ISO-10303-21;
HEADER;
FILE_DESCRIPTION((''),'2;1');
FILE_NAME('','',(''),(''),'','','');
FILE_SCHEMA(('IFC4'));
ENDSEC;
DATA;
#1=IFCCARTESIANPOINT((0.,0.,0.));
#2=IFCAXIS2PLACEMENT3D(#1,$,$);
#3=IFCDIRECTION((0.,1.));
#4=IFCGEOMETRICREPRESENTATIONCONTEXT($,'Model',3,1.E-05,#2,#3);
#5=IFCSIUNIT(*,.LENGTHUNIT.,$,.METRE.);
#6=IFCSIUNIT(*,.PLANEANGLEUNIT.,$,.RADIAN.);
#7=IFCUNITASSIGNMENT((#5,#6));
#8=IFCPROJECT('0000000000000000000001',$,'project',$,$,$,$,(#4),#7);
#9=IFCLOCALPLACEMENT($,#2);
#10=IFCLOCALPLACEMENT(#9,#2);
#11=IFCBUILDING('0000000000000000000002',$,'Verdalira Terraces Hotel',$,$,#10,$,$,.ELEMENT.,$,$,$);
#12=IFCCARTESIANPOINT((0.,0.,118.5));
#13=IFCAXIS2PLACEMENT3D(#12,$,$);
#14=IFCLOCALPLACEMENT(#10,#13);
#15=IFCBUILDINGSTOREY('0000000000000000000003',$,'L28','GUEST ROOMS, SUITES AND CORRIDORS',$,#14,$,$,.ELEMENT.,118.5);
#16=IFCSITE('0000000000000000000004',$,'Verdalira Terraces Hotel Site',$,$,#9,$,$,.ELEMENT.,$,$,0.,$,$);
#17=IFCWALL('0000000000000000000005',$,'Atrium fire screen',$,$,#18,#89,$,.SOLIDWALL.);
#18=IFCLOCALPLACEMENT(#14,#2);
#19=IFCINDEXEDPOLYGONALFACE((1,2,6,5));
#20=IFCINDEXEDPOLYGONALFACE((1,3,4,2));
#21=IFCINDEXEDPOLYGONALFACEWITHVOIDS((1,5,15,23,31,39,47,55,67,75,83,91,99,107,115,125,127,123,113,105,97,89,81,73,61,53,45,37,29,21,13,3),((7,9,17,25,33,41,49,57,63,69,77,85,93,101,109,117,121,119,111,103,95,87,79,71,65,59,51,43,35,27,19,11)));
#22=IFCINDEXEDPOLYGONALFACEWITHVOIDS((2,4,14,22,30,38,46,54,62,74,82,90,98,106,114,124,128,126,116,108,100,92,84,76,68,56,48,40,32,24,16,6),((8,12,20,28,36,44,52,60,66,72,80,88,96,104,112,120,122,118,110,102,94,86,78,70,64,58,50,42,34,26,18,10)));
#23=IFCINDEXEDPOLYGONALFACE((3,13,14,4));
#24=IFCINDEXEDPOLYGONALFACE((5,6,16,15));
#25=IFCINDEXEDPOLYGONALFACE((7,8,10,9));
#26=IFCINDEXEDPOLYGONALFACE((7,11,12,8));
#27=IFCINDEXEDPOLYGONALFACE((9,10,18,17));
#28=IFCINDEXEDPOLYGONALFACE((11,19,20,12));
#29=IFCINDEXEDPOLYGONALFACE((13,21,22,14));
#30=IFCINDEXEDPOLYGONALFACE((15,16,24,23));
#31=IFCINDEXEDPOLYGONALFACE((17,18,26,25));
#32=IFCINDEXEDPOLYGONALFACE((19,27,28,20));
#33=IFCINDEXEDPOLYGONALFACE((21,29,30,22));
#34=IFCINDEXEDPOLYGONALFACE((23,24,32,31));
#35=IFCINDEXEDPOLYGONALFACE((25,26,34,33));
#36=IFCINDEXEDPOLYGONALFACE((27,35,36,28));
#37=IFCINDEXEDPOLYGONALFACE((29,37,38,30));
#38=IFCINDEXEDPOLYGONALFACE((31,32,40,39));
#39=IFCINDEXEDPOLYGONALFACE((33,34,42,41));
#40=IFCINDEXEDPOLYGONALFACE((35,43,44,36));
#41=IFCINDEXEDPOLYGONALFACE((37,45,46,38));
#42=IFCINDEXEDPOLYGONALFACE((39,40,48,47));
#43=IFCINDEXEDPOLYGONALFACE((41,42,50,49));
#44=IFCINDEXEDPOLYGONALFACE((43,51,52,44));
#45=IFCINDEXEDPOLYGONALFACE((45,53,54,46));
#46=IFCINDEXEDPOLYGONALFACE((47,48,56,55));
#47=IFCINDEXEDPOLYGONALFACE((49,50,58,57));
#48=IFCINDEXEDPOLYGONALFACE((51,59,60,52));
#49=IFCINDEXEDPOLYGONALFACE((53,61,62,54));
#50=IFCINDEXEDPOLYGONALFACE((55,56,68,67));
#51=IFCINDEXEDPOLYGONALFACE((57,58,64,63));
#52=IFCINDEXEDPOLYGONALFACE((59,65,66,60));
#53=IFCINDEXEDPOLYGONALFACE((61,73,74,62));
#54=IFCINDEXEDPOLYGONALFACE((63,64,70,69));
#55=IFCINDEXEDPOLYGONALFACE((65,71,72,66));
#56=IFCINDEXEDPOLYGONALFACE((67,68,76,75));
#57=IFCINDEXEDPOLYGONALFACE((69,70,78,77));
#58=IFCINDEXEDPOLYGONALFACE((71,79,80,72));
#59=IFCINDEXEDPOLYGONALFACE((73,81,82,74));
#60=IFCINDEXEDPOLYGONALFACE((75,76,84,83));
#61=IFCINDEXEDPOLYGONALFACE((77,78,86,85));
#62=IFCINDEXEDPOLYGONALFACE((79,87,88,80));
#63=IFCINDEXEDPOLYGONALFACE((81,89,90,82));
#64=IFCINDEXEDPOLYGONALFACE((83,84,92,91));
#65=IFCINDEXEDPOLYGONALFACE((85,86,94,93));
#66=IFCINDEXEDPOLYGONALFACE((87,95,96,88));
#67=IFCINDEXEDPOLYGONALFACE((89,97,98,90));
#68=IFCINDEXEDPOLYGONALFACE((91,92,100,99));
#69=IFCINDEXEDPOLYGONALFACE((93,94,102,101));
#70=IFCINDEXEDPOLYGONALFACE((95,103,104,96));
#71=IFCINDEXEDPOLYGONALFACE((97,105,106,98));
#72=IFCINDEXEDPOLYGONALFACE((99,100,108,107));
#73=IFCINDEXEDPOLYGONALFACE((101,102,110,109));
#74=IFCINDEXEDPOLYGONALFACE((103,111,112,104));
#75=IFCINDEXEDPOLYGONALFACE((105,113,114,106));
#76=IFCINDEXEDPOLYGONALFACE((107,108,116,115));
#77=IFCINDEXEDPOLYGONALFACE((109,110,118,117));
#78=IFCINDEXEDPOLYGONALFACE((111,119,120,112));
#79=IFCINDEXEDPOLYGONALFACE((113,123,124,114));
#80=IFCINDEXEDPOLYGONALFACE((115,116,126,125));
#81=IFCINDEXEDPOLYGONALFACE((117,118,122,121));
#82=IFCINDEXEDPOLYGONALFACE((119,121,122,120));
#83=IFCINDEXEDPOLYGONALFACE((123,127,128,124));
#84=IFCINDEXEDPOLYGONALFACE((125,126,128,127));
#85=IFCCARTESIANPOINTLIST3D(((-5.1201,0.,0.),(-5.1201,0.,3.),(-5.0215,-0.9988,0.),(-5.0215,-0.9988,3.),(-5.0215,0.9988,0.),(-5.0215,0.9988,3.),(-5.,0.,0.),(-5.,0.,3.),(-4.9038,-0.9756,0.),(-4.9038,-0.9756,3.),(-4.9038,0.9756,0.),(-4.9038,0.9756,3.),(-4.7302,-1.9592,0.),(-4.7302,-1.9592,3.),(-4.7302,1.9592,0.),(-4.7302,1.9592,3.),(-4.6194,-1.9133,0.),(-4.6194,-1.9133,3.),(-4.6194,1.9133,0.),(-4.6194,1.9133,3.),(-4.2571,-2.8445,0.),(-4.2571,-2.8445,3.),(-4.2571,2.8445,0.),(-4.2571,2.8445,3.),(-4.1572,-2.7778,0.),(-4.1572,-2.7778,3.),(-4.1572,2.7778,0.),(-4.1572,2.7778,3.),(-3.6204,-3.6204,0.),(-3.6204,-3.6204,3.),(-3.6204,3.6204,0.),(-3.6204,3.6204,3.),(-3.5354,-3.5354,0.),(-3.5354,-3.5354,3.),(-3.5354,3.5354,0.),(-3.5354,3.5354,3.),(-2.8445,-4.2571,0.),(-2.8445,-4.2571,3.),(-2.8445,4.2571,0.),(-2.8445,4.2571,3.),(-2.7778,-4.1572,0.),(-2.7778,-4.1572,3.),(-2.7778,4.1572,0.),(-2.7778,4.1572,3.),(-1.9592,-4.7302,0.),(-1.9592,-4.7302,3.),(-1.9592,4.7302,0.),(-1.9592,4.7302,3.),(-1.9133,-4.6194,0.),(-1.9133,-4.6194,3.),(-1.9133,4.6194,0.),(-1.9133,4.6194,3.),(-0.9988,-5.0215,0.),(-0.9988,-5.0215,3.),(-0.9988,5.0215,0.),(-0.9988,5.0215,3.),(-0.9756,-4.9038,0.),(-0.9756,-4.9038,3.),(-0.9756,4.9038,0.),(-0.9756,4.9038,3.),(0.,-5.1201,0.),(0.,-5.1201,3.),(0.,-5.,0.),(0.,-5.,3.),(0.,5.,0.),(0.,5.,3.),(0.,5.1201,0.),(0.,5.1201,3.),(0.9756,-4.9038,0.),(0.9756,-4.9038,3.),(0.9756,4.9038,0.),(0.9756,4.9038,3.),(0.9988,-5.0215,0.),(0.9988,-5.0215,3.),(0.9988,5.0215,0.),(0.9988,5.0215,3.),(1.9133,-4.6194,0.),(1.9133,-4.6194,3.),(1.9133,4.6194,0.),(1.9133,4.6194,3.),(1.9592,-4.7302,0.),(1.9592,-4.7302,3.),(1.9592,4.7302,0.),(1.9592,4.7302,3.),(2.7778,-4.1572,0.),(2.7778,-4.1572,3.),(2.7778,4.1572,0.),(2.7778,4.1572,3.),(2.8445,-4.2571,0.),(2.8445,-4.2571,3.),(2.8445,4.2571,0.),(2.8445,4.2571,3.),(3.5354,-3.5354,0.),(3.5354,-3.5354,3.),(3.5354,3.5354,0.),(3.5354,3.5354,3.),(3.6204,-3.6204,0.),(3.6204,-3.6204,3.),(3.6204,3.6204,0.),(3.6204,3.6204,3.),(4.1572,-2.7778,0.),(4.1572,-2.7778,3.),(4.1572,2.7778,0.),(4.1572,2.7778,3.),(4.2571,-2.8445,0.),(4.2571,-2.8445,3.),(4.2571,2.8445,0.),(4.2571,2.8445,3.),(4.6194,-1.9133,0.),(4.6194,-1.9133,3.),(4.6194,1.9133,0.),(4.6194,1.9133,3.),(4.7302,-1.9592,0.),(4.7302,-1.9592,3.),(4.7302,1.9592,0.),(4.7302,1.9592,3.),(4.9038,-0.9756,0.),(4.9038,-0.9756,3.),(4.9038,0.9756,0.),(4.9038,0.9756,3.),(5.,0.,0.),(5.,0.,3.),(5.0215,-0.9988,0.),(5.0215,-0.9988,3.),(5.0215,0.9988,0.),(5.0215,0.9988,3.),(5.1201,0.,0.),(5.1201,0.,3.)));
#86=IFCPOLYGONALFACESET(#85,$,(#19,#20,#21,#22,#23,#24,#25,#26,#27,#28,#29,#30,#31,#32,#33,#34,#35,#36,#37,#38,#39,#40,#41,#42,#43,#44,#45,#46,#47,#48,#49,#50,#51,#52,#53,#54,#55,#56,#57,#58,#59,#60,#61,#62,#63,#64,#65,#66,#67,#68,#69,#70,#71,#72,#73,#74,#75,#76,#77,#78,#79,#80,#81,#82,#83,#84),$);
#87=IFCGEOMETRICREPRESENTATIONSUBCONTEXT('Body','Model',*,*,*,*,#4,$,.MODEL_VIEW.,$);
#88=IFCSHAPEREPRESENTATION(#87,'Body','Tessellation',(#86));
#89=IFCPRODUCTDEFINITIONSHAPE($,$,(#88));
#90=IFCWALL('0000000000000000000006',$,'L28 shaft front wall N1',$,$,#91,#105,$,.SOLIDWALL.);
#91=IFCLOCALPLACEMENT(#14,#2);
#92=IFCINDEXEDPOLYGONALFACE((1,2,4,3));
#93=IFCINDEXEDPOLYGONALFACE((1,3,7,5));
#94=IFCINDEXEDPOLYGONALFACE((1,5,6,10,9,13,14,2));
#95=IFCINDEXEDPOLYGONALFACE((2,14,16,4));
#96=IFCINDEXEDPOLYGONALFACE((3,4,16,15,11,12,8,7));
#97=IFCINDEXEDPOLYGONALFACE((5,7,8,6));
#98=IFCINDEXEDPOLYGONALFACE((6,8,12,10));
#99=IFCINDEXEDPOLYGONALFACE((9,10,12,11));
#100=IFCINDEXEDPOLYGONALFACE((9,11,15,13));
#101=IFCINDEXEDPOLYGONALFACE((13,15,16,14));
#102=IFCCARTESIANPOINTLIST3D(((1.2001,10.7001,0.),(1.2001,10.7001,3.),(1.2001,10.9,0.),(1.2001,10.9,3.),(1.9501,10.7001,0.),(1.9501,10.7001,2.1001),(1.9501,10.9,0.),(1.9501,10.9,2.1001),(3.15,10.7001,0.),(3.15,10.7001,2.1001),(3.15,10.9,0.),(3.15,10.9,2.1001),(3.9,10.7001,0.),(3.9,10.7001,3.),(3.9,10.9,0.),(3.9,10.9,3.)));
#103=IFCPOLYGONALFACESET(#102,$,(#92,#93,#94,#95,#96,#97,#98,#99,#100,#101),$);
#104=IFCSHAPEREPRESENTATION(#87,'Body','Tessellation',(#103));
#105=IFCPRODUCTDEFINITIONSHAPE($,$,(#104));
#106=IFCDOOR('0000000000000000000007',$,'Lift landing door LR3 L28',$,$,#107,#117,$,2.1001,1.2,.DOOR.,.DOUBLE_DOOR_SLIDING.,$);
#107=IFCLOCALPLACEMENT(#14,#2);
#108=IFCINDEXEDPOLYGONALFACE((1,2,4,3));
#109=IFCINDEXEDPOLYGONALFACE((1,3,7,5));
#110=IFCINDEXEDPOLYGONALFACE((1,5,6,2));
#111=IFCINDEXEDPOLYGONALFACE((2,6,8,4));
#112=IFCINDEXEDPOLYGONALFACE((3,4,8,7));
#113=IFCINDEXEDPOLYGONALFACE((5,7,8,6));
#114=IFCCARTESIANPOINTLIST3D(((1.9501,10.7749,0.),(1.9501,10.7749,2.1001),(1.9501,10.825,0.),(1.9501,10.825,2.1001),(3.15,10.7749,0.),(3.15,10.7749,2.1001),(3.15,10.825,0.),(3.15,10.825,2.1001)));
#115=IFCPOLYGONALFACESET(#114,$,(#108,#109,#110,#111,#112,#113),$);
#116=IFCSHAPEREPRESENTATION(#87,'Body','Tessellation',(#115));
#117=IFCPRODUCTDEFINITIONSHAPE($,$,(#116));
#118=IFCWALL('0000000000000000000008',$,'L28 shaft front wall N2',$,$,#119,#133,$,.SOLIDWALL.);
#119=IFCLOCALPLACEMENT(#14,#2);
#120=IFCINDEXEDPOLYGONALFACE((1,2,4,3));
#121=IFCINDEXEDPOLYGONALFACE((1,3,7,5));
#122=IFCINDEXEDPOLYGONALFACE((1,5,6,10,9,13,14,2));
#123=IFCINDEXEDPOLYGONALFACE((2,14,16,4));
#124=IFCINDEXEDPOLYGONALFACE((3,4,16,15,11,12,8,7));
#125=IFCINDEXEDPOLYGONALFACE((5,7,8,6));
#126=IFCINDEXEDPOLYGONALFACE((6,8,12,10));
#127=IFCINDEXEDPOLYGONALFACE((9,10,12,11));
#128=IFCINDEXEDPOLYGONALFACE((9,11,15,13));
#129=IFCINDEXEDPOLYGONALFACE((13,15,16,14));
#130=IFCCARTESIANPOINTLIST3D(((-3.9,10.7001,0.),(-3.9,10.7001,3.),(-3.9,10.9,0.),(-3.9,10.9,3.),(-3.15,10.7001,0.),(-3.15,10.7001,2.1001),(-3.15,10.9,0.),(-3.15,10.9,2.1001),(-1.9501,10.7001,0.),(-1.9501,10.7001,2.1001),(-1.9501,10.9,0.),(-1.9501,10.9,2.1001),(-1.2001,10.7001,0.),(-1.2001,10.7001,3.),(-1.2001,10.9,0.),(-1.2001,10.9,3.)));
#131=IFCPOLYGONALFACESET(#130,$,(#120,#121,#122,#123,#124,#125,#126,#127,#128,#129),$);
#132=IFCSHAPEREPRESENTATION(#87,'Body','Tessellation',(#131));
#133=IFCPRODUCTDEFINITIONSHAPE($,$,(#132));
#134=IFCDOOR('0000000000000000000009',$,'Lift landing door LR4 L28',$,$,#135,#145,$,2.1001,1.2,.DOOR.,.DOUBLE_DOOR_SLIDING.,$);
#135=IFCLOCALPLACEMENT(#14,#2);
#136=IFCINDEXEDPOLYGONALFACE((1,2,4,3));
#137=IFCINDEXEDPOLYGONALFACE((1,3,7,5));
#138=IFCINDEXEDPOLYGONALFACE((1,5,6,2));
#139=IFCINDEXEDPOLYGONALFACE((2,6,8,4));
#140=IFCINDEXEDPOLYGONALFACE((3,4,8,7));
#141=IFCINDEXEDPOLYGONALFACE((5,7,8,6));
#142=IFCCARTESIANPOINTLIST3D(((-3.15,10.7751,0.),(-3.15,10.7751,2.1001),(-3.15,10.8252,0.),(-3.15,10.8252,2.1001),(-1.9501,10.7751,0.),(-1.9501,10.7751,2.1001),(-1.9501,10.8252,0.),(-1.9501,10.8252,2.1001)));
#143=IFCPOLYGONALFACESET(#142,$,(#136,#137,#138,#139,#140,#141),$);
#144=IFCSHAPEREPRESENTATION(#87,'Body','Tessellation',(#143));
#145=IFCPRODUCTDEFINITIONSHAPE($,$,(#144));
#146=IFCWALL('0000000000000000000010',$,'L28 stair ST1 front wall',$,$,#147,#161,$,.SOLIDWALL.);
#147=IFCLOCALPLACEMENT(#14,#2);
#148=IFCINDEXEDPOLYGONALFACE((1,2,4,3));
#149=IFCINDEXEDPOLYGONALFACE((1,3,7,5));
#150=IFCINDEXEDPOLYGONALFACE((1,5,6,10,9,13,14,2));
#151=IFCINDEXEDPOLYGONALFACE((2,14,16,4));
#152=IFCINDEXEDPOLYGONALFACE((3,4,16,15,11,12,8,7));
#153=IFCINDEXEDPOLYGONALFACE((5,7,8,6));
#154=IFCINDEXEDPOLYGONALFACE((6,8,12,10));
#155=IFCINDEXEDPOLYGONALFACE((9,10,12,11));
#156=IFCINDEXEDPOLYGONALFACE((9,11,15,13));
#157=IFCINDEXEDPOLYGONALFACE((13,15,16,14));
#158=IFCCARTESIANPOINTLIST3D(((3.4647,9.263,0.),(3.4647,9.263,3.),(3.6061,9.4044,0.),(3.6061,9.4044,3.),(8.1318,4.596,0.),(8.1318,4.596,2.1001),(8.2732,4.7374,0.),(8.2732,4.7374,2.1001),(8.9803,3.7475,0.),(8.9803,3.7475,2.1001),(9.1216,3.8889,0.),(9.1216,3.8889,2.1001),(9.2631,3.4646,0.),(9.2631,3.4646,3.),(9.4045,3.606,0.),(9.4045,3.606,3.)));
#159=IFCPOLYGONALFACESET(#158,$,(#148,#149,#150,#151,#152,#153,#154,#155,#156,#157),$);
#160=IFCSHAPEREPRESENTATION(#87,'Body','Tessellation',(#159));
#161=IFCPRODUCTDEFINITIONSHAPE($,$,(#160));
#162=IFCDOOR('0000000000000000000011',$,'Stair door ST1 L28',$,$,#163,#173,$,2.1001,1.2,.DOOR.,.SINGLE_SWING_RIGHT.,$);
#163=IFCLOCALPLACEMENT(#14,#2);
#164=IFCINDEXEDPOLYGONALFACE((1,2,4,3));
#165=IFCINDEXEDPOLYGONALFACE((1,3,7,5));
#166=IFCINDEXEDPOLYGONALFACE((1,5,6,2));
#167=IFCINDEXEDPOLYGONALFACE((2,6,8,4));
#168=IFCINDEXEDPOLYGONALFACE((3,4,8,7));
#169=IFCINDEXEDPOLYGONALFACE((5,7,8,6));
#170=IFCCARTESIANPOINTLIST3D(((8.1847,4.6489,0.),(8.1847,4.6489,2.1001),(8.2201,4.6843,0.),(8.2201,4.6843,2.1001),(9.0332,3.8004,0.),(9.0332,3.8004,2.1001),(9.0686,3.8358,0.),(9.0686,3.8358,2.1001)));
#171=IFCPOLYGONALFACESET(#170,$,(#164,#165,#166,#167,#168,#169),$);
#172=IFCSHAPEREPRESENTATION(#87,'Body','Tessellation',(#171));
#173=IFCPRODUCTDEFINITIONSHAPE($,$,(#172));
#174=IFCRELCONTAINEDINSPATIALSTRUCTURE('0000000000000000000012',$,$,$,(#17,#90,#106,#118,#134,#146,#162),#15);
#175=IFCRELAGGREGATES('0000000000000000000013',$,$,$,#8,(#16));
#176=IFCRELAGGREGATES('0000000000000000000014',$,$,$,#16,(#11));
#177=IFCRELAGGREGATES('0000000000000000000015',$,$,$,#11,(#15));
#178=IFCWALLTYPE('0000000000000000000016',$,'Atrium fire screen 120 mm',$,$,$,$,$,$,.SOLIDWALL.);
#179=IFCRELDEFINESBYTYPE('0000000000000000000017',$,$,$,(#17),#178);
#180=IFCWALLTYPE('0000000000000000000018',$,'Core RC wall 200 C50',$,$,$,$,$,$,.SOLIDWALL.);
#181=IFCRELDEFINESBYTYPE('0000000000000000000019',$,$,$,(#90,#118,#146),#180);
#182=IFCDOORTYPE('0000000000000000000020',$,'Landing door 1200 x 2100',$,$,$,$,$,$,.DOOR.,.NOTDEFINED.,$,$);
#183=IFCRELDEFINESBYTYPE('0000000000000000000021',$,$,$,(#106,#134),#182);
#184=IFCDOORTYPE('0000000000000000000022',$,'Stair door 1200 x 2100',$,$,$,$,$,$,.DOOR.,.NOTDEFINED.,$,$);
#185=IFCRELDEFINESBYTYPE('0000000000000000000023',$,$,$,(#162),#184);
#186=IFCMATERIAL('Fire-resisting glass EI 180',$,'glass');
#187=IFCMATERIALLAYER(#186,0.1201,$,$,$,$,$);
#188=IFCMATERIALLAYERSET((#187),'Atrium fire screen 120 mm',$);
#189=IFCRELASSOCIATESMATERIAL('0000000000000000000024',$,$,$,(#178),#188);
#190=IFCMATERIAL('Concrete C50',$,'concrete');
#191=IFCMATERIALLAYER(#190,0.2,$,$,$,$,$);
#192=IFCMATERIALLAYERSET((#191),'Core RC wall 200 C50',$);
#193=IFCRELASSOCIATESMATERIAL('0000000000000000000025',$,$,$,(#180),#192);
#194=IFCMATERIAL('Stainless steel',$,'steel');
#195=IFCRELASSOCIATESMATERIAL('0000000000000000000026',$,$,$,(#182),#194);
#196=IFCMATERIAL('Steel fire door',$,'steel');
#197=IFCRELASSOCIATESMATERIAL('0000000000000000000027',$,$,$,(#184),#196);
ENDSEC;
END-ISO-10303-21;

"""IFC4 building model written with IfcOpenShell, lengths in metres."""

from ifc_helpers import new_model, si_unit, direction, frame, frame_2d, origin, place, context, subcontext, project, spatial, polyline, rectangle, outline, extrude, material, layer, layer_set, type_object, element, fill, save


model = new_model("IFC4")

# Units and contexts
model_context = context("Model", 3, precision=1e-05, world=origin(), true_north=direction((0.0, 1.0)))
body_context = subcontext(model_context, "Body", "Model", "MODEL_VIEW")
ifc_project = project(units=[si_unit("LENGTHUNIT", "METRE"), si_unit("PLANEANGLEUNIT", "RADIAN")], contexts=[model_context])

# Site, building, storey
site_placement = place(None, origin())
site = spatial("IfcSite", under=ifc_project, at=site_placement, Name="Verdalira Terraces Hotel Site", CompositionType="ELEMENT", RefElevation=0.0)
building_placement = place(site_placement, origin())
building = spatial("IfcBuilding", under=site, at=building_placement, Name="Verdalira Terraces Hotel", CompositionType="ELEMENT")
storey_placement = place(building_placement, frame((0.0, 0.0, 118.5)))
storey = spatial("IfcBuildingStorey", under=building, at=storey_placement, Name="L28", Description="GUEST ROOMS, SUITES AND CORRIDORS", CompositionType="ELEMENT", Elevation=118.5)

# Wall
ifc_material_1 = material(Name="Fire-resisting glass EI 180", Category="glass")
ifc_layer_1 = layer(ifc_material_1, 0.1201)
ifc_layer_set_1 = layer_set([ifc_layer_1], Name="Atrium fire screen 120 mm")
wall_type_1 = type_object("IfcWallType", Name="Atrium fire screen 120 mm", PredefinedType="SOLIDWALL", material=ifc_layer_set_1)
wall_1_placement = place(storey_placement, origin())
element("IfcWall", 1, at=wall_1_placement, inside=storey, type_object=wall_type_1, Name="Atrium fire screen", PredefinedType="SOLIDWALL", context=body_context, shape_type="SweptSolid", body=[
    extrude(outline(polyline([(5.0215, -0.9988), (4.7302, -1.9592), (4.2571, -2.8445), (3.6204, -3.6204), (2.8445, -4.2571), (1.9592, -4.7302), (0.9988, -5.0215), (0.0, -5.1201), (-0.9988, -5.0215), (-1.9592, -4.7302), (-2.8445, -4.2571), (-3.6204, -3.6204), (-4.2571, -2.8445), (-4.7302, -1.9592), (-5.0215, -0.9988), (-5.1201, 0.0), (-5.0215, 0.9988), (-4.7302, 1.9592), (-4.2571, 2.8445), (-3.6204, 3.6204), (-2.8445, 4.2571), (-1.9592, 4.7302), (-0.9988, 5.0215), (0.0, 5.1201), (0.9988, 5.0215), (1.9592, 4.7302), (2.8445, 4.2571), (3.6204, 3.6204), (4.2571, 2.8445), (4.7302, 1.9592), (5.0215, 0.9988), (5.1201, 0.0), (5.0215, -0.9988)]), holes=[polyline([(4.9038, 0.9756), (4.6194, 1.9133), (4.1572, 2.7778), (3.5354, 3.5354), (2.7778, 4.1572), (1.9133, 4.6194), (0.9756, 4.9038), (0.0, 5.0), (-0.9756, 4.9038), (-1.9133, 4.6194), (-2.7778, 4.1572), (-3.5354, 3.5354), (-4.1572, 2.7778), (-4.6194, 1.9133), (-4.9038, 0.9756), (-5.0, 0.0), (-4.9038, -0.9756), (-4.6194, -1.9133), (-4.1572, -2.7778), (-3.5354, -3.5354), (-2.7778, -4.1572), (-1.9133, -4.6194), (-0.9756, -4.9038), (0.0, -5.0), (0.9756, -4.9038), (1.9133, -4.6194), (2.7778, -4.1572), (3.5354, -3.5354), (4.1572, -2.7778), (4.6194, -1.9133), (4.9038, -0.9756), (5.0, 0.0), (4.9038, 0.9756)])]), origin(), (0.0, 0.0, 1.0), 3.0),
])

# Walls, openings, doors
ifc_material_2 = material(Name="Concrete C50", Category="concrete")
ifc_layer_2 = layer(ifc_material_2, 0.2)
ifc_layer_set_2 = layer_set([ifc_layer_2], Name="Core RC wall 200 C50")
wall_type_2 = type_object("IfcWallType", Name="Core RC wall 200 C50", PredefinedType="SOLIDWALL", material=ifc_layer_set_2)
wall_2_placement = place(storey_placement, frame((1.2, 10.8, 0.0), z_axis=(0.0, 0.0, 1.0), x_axis=(1.0, 0.0, 0.0)))
wall_2 = element("IfcWall", 2, at=wall_2_placement, inside=storey, type_object=wall_type_2, Name="L28 shaft front wall N1", PredefinedType="SOLIDWALL", context=body_context, shape_type="SweptSolid", body=[
    extrude(rectangle(XDim=2.7, YDim=0.2, at=frame_2d((1.3501, 0.0))), origin(), (0.0, 0.0, 1.0), 3.0),
])
opening_1_placement = place(wall_2_placement, frame((0.75, 0.0, 0.0)))
opening_1 = element("IfcOpeningElement", 3, at=opening_1_placement, cuts=wall_2, PredefinedType="OPENING", context=body_context, shape_type="SweptSolid", body=[
    extrude(rectangle(XDim=1.2, YDim=2.1001, at=frame_2d((0.6001, 1.05))), frame((0.0, 0.1099, 0.0), z_axis=(0.0, -1.0, 0.0), x_axis=(1.0, 0.0, 0.0)), (0.0, 0.0, 1.0), 0.22),
])
ifc_material_3 = material(Name="Stainless steel", Category="steel")
door_type_1 = type_object("IfcDoorType", Name="Landing door 1200 x 2100", OperationType="NOTDEFINED", PredefinedType="DOOR", material=ifc_material_3)
door_1_placement = place(opening_1_placement, origin())
door_1 = element("IfcDoor", 4, at=door_1_placement, inside=storey, type_object=door_type_1, Name="Lift landing door LR3 L28", OperationType="DOUBLE_DOOR_SLIDING", OverallHeight=2.1001, OverallWidth=1.2, PredefinedType="DOOR", context=body_context, shape_type="SweptSolid", body=[
    extrude(rectangle(XDim=1.2, YDim=2.1001, at=frame_2d((0.6001, 1.05))), frame((0.0, 0.0249, 0.0), z_axis=(0.0, -1.0, 0.0), x_axis=(1.0, 0.0, 0.0)), (0.0, 0.0, 1.0), 0.05),
])
fill(opening_1, door_1)
wall_3_placement = place(storey_placement, frame((-1.2, 10.8, 0.0), z_axis=(0.0, 0.0, 1.0), x_axis=(-1.0, 0.0, 0.0)))
wall_3 = element("IfcWall", 5, at=wall_3_placement, inside=storey, type_object=wall_type_2, Name="L28 shaft front wall N2", PredefinedType="SOLIDWALL", context=body_context, shape_type="SweptSolid", body=[
    extrude(rectangle(XDim=2.7, YDim=0.2, at=frame_2d((1.3501, 0.0))), origin(), (0.0, 0.0, 1.0), 3.0),
])
opening_2_placement = place(wall_3_placement, frame((0.75, 0.0, 0.0)))
opening_2 = element("IfcOpeningElement", 6, at=opening_2_placement, cuts=wall_3, PredefinedType="OPENING", context=body_context, shape_type="SweptSolid", body=[
    extrude(rectangle(XDim=1.2, YDim=2.1001, at=frame_2d((0.6001, 1.05))), frame((0.0, 0.1099, 0.0), z_axis=(0.0, -1.0, 0.0), x_axis=(1.0, 0.0, 0.0)), (0.0, 0.0, 1.0), 0.22),
])
door_2_placement = place(opening_2_placement, origin())
door_2 = element("IfcDoor", 7, at=door_2_placement, inside=storey, type_object=door_type_1, Name="Lift landing door LR4 L28", OperationType="DOUBLE_DOOR_SLIDING", OverallHeight=2.1001, OverallWidth=1.2, PredefinedType="DOOR", context=body_context, shape_type="SweptSolid", body=[
    extrude(rectangle(XDim=1.2, YDim=2.1001, at=frame_2d((0.6001, 1.05))), frame((0.0, 0.0249, 0.0), z_axis=(0.0, -1.0, 0.0), x_axis=(1.0, 0.0, 0.0)), (0.0, 0.0, 1.0), 0.05),
])
fill(opening_2, door_2)
wall_4_placement = place(storey_placement, frame((3.5354, 9.3337, 0.0), z_axis=(0.0, 0.0, 1.0), x_axis=(0.707107, -0.707107, 0.0)))
wall_4 = element("IfcWall", 8, at=wall_4_placement, inside=storey, type_object=wall_type_2, Name="L28 stair ST1 front wall", PredefinedType="SOLIDWALL", context=body_context, shape_type="SweptSolid", body=[
    extrude(rectangle(XDim=8.2002, YDim=0.2, at=frame_2d((4.1001, 0.0))), origin(), (0.0, 0.0, 1.0), 3.0),
])
opening_3_placement = place(wall_4_placement, frame((6.6001, 0.0, 0.0)))
opening_3 = element("IfcOpeningElement", 9, at=opening_3_placement, cuts=wall_4, PredefinedType="OPENING", context=body_context, shape_type="SweptSolid", body=[
    extrude(rectangle(XDim=1.2, YDim=2.1001, at=frame_2d((0.6001, 1.05))), frame((0.0, 0.1099, 0.0), z_axis=(0.0, -1.0, 0.0), x_axis=(1.0, 0.0, 0.0)), (0.0, 0.0, 1.0), 0.22),
])
ifc_material_4 = material(Name="Steel fire door", Category="steel")
door_type_2 = type_object("IfcDoorType", Name="Stair door 1200 x 2100", OperationType="NOTDEFINED", PredefinedType="DOOR", material=ifc_material_4)
door_3_placement = place(opening_3_placement, origin())
door_3 = element("IfcDoor", 10, at=door_3_placement, inside=storey, type_object=door_type_2, Name="Stair door ST1 L28", OperationType="SINGLE_SWING_RIGHT", OverallHeight=2.1001, OverallWidth=1.2, PredefinedType="DOOR", context=body_context, shape_type="SweptSolid", body=[
    extrude(rectangle(XDim=1.2, YDim=2.1001, at=frame_2d((0.6001, 1.05))), frame((0.0, 0.0249, 0.0), z_axis=(0.0, -1.0, 0.0), x_axis=(1.0, 0.0, 0.0)), (0.0, 0.0, 1.0), 0.05),
])
fill(opening_3, door_3)

save(model, "model.ifc")
